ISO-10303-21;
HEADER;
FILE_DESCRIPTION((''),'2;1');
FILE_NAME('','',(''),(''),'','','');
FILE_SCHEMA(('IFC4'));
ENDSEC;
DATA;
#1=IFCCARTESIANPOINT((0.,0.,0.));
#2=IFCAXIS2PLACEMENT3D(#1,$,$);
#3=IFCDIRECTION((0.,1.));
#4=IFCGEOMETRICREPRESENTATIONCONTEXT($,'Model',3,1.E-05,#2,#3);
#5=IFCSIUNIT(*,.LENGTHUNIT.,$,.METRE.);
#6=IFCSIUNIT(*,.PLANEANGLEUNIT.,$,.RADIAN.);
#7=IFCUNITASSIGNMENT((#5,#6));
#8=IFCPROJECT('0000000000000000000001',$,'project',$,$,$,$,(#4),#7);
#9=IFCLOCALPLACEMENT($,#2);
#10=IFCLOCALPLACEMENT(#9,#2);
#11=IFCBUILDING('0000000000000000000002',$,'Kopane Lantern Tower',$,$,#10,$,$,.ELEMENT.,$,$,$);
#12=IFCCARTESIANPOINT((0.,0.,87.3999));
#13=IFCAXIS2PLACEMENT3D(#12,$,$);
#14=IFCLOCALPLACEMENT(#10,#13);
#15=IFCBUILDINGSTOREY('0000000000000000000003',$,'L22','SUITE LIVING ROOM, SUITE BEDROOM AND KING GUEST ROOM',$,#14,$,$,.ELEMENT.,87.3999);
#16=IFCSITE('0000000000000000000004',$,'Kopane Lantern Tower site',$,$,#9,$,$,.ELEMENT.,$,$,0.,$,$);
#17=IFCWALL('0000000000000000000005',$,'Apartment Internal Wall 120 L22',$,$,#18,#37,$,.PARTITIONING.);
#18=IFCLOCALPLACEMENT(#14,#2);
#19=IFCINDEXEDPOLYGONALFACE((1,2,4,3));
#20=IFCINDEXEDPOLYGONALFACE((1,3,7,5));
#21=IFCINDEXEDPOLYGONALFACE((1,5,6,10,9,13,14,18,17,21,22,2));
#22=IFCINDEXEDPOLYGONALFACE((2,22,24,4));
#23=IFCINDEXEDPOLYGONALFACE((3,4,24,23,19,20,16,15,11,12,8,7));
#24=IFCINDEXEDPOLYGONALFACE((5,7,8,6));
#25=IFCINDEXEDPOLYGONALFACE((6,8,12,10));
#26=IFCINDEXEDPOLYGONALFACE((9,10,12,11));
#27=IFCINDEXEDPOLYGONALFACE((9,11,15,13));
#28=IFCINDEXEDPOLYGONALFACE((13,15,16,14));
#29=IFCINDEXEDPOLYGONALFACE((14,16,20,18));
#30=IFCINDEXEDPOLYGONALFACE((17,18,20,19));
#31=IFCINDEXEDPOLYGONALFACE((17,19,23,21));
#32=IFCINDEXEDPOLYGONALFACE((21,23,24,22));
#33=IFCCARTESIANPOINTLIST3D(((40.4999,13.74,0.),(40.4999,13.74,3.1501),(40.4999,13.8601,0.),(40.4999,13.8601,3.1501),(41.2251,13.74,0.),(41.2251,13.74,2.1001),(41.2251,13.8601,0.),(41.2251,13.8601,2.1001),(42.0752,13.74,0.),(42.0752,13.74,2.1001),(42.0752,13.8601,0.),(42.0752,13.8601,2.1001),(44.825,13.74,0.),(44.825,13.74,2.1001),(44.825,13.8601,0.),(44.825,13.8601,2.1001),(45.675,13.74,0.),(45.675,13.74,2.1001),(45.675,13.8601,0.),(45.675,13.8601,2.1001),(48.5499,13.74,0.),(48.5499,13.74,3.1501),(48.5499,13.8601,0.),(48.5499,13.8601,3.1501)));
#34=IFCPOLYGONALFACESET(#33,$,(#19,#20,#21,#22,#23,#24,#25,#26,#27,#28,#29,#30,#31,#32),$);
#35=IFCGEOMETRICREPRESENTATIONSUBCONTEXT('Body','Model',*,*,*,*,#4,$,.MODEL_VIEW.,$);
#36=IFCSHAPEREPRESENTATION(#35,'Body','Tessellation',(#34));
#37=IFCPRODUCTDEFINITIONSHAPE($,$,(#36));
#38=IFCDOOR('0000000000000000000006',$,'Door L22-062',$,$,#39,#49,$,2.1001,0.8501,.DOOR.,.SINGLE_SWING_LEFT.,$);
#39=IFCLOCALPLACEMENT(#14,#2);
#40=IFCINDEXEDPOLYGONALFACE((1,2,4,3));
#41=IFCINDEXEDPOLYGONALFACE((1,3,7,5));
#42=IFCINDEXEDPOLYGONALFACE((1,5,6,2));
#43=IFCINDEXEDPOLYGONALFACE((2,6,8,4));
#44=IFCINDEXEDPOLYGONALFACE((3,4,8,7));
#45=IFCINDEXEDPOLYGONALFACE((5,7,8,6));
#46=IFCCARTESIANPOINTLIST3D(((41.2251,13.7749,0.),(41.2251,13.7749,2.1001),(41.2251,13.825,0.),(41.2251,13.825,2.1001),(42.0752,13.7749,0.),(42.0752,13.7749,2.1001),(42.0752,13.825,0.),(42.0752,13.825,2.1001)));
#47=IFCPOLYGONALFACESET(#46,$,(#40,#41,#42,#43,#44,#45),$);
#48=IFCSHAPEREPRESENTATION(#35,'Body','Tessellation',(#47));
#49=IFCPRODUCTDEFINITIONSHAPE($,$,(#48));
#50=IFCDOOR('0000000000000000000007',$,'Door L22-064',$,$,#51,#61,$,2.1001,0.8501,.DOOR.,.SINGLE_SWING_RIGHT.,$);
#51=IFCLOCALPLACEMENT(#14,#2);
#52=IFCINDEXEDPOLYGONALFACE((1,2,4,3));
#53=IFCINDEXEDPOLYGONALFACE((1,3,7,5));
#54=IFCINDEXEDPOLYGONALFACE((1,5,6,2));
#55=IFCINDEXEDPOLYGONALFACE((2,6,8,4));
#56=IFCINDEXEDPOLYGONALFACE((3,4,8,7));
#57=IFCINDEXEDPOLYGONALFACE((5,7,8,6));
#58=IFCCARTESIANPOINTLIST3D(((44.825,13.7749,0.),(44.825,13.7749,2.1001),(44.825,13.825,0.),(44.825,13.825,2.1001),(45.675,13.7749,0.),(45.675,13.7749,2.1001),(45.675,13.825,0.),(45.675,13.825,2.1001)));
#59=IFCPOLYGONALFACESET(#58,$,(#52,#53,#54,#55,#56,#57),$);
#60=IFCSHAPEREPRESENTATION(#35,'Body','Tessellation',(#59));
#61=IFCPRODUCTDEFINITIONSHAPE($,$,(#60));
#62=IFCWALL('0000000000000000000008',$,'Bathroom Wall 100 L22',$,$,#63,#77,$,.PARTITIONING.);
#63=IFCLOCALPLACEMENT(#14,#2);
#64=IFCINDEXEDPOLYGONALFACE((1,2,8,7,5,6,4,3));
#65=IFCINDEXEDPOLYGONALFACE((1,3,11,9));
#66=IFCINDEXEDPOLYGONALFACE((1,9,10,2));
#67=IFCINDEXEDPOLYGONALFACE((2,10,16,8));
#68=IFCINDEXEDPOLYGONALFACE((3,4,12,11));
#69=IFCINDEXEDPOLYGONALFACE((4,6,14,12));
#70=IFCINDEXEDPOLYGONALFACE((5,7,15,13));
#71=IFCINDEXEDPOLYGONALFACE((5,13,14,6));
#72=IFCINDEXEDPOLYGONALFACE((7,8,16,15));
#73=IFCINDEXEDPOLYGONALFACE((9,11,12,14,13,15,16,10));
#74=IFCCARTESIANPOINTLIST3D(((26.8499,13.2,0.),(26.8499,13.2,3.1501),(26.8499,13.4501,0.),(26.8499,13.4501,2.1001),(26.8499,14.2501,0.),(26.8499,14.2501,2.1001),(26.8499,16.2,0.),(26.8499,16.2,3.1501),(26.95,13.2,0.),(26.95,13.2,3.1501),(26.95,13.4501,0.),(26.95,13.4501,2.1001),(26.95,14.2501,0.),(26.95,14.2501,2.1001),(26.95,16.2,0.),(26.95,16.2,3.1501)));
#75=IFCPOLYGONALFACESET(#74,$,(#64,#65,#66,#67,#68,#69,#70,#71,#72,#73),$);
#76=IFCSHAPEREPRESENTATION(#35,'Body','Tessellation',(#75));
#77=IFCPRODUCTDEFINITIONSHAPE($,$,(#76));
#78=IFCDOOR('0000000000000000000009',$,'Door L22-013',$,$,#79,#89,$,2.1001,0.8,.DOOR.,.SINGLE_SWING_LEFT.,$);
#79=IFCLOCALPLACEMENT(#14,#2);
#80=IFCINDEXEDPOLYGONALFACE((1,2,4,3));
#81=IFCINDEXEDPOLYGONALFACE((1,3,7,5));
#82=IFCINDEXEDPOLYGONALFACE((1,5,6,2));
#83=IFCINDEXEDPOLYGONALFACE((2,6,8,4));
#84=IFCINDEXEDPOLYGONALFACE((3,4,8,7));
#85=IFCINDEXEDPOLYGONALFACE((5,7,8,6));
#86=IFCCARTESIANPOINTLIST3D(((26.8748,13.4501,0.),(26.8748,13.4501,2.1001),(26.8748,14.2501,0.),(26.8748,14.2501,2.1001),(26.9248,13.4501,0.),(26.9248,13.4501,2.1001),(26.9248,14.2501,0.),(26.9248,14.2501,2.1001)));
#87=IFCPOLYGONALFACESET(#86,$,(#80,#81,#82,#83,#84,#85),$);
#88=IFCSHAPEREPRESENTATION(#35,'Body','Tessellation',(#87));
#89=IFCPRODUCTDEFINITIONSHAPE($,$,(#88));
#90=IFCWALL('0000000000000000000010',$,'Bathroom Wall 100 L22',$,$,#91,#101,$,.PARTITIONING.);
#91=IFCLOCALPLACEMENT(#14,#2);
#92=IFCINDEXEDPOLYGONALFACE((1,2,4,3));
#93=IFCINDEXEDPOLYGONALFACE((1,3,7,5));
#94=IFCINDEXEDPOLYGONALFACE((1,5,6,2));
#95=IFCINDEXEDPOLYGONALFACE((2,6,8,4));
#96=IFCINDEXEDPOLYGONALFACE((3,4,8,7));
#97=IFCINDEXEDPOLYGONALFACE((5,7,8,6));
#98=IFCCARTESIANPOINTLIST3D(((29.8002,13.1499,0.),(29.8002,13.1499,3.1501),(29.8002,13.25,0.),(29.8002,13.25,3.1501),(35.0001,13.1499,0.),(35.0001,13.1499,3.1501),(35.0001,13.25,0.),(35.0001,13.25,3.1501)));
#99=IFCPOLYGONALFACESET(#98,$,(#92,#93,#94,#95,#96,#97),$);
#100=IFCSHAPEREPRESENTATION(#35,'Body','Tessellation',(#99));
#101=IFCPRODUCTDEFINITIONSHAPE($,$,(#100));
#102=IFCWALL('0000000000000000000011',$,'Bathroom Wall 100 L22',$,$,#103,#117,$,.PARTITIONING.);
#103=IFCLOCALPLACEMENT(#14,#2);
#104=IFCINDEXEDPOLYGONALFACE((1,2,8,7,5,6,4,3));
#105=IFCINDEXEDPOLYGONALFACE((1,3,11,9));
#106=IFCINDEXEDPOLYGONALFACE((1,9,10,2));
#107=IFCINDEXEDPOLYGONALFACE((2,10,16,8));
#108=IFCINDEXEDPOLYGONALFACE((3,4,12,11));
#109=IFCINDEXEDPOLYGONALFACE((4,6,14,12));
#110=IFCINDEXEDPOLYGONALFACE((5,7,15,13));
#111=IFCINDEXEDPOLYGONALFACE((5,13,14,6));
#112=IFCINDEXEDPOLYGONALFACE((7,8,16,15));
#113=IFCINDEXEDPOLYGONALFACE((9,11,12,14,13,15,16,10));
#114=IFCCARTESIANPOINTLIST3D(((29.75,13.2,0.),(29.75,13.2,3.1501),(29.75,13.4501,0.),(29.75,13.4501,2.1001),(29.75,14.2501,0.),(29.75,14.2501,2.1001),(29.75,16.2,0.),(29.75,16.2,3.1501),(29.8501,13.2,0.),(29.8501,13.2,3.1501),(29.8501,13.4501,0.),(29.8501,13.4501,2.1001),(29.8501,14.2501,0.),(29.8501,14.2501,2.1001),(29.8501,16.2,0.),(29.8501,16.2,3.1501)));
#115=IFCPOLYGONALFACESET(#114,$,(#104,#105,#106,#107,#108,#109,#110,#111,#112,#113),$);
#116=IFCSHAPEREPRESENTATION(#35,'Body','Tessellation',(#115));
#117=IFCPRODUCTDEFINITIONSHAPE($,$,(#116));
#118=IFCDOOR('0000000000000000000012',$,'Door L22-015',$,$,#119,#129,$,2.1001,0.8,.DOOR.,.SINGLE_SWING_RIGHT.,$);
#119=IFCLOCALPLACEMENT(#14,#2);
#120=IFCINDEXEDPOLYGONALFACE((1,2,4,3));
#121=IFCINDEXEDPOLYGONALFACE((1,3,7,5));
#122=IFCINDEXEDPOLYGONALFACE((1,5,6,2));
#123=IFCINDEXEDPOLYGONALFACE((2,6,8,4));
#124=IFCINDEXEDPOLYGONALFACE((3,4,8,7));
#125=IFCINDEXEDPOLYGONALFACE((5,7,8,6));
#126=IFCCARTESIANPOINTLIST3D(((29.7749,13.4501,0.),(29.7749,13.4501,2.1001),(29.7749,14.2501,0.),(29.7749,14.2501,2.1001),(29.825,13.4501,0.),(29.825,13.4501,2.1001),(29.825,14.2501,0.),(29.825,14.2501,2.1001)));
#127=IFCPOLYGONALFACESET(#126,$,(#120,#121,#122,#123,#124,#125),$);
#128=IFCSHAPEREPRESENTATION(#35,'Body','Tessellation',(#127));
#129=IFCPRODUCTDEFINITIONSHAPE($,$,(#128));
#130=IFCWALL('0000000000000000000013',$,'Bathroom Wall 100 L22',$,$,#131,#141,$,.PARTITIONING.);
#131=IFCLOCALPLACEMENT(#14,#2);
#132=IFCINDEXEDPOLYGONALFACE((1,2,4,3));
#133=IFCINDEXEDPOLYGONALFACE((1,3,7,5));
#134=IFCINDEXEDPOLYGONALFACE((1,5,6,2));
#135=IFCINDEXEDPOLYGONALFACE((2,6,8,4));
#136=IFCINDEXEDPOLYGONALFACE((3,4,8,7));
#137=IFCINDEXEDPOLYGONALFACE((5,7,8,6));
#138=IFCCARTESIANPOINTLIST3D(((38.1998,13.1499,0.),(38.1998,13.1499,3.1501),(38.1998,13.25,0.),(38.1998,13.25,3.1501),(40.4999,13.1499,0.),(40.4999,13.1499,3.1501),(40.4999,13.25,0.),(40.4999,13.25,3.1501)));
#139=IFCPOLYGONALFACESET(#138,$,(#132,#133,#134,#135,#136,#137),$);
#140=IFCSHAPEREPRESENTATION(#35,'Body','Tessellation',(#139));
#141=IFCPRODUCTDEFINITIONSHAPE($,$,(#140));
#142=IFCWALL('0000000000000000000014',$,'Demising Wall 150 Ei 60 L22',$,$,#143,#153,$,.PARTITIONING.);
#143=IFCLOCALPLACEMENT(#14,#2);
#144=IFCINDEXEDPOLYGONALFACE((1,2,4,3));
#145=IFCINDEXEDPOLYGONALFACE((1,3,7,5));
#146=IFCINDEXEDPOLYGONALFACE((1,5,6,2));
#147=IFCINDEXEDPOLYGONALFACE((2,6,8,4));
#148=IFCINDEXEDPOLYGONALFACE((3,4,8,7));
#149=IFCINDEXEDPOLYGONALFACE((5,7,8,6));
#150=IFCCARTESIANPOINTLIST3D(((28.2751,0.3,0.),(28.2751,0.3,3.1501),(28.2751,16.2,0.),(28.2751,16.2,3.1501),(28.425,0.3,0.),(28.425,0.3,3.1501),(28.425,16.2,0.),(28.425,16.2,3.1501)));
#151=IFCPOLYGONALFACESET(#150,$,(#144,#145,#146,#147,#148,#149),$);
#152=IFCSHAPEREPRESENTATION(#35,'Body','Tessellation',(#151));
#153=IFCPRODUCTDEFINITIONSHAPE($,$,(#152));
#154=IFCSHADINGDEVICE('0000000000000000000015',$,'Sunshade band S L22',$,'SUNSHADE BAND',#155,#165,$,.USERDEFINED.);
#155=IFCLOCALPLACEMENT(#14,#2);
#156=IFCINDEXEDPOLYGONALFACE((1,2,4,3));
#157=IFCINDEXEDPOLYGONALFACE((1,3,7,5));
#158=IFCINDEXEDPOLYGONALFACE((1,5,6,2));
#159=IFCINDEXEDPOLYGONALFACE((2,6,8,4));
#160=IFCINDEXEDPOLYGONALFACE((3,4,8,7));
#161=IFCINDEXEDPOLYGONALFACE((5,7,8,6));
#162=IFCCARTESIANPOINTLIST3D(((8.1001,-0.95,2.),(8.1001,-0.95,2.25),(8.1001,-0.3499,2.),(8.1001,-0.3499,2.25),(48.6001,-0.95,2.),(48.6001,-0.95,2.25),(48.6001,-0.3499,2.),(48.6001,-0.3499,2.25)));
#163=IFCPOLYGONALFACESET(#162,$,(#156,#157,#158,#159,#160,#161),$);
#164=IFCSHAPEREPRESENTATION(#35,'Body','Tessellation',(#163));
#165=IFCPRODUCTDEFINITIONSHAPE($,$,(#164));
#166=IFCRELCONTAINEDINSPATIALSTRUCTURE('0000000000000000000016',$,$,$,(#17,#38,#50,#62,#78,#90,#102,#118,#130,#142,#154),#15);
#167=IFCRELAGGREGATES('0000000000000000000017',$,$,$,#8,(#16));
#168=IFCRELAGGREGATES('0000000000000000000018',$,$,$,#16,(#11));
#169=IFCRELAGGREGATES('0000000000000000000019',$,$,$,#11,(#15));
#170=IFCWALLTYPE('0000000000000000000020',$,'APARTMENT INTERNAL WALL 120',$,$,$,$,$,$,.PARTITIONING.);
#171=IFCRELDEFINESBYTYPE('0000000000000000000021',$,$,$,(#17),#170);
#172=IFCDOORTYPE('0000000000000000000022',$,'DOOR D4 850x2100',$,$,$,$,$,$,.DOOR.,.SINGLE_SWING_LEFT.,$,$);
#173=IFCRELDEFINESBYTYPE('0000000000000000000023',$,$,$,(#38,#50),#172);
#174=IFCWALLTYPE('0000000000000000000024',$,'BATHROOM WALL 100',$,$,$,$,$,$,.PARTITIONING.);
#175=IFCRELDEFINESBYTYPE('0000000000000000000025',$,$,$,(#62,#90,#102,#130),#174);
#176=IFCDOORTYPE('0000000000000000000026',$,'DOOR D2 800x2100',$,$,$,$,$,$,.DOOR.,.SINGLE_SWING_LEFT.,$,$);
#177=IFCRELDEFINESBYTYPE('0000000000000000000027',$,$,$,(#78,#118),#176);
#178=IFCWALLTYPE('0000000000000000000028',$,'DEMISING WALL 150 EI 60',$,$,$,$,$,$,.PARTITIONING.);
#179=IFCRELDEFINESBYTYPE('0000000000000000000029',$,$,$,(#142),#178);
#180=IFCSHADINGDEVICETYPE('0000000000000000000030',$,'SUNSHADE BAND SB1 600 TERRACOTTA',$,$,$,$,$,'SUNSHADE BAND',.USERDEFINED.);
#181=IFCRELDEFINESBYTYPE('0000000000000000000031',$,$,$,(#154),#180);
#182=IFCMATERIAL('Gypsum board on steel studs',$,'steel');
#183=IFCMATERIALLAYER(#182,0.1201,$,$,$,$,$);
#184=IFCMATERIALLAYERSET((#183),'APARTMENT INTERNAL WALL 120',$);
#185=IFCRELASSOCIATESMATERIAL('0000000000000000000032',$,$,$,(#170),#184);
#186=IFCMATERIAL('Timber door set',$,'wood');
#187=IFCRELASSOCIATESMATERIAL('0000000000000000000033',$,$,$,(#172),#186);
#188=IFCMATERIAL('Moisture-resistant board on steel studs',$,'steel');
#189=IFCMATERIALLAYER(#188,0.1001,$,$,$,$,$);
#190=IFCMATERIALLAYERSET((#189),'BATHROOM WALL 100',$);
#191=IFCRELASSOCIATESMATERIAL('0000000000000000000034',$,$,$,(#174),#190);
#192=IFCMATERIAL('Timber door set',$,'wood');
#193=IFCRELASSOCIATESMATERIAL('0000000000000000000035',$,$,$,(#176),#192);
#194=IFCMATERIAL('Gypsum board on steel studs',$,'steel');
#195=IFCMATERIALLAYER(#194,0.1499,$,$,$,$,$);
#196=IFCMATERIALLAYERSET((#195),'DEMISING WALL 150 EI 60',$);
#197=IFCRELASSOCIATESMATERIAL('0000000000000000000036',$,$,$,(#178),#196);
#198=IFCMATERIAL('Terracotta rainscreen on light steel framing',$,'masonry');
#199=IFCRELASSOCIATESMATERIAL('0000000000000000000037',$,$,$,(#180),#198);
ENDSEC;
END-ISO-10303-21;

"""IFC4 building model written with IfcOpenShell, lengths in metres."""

from ifc_helpers import new_model, si_unit, direction, frame, frame_2d, origin, origin_2d, place, context, subcontext, project, spatial, rectangle, extrude, material, layer, layer_set, type_object, element, fill, save


model = new_model("IFC4")

# Units and contexts
model_context = context("Model", 3, precision=1e-05, world=origin(), true_north=direction((0.0, 1.0)))
body_context = subcontext(model_context, "Body", "Model", "MODEL_VIEW")
ifc_project = project(units=[si_unit("LENGTHUNIT", "METRE"), si_unit("PLANEANGLEUNIT", "RADIAN")], contexts=[model_context])

# Site, building, storey
site_placement = place(None, origin())
site = spatial("IfcSite", under=ifc_project, at=site_placement, Name="Kopane Lantern Tower site", CompositionType="ELEMENT", RefElevation=0.0)
building_placement = place(site_placement, origin())
building = spatial("IfcBuilding", under=site, at=building_placement, Name="Kopane Lantern Tower", CompositionType="ELEMENT")
storey_placement = place(building_placement, frame((0.0, 0.0, 87.3999)))
storey = spatial("IfcBuildingStorey", under=building, at=storey_placement, Name="L22", Description="SUITE LIVING ROOM, SUITE BEDROOM AND KING GUEST ROOM", CompositionType="ELEMENT", Elevation=87.3999)

# Wall, openings, doors
ifc_material_1 = material(Name="Gypsum board on steel studs", Category="steel")
ifc_layer_1 = layer(ifc_material_1, 0.1201)
ifc_layer_set_1 = layer_set([ifc_layer_1], Name="APARTMENT INTERNAL WALL 120")
wall_type_1 = type_object("IfcWallType", Name="APARTMENT INTERNAL WALL 120", PredefinedType="PARTITIONING", material=ifc_layer_set_1)
wall_1_placement = place(storey_placement, frame((40.5, 13.8, 0.0), z_axis=(0.0, 0.0, 1.0), x_axis=(1.0, 0.0, 0.0)))
wall_1 = element("IfcWall", 1, at=wall_1_placement, inside=storey, type_object=wall_type_1, Name="Apartment Internal Wall 120 L22", PredefinedType="PARTITIONING", context=body_context, shape_type="SweptSolid", body=[
    extrude(rectangle(XDim=8.05, YDim=0.1201, at=frame_2d((4.0249, 0.0))), origin(), (0.0, 0.0, 1.0), 3.1501),
])
opening_1_placement = place(wall_1_placement, frame((0.7251, 0.0, 0.0)))
opening_1 = element("IfcOpeningElement", 2, at=opening_1_placement, cuts=wall_1, PredefinedType="OPENING", context=body_context, shape_type="SweptSolid", body=[
    extrude(rectangle(XDim=0.8501, YDim=2.1001, at=frame_2d((0.425, 1.05))), frame((0.0, 0.0701, 0.0), z_axis=(0.0, -1.0, 0.0), x_axis=(1.0, 0.0, 0.0)), (0.0, 0.0, 1.0), 0.1401),
])
opening_2_placement = place(wall_1_placement, frame((4.325, 0.0, 0.0)))
opening_2 = element("IfcOpeningElement", 3, at=opening_2_placement, cuts=wall_1, PredefinedType="OPENING", context=body_context, shape_type="SweptSolid", body=[
    extrude(rectangle(XDim=0.8501, YDim=2.1001, at=frame_2d((0.425, 1.05))), frame((0.0, 0.0701, 0.0), z_axis=(0.0, -1.0, 0.0), x_axis=(1.0, 0.0, 0.0)), (0.0, 0.0, 1.0), 0.1401),
])
ifc_material_2 = material(Name="Timber door set", Category="wood")
door_type_1 = type_object("IfcDoorType", Name="DOOR D4 850x2100", OperationType="SINGLE_SWING_LEFT", PredefinedType="DOOR", material=ifc_material_2)
door_1_placement = place(opening_1_placement, origin())
door_1 = element("IfcDoor", 4, at=door_1_placement, inside=storey, type_object=door_type_1, Name="Door L22-062", OperationType="SINGLE_SWING_LEFT", OverallHeight=2.1001, OverallWidth=0.8501, PredefinedType="DOOR", context=body_context, shape_type="SweptSolid", body=[
    extrude(rectangle(XDim=0.8501, YDim=2.1001, at=frame_2d((0.425, 1.05))), frame((0.0, 0.0249, 0.0), z_axis=(0.0, -1.0, 0.0), x_axis=(1.0, 0.0, 0.0)), (0.0, 0.0, 1.0), 0.05),
])
fill(opening_1, door_1)
door_2_placement = place(opening_2_placement, origin())
door_2 = element("IfcDoor", 5, at=door_2_placement, inside=storey, type_object=door_type_1, Name="Door L22-064", OperationType="SINGLE_SWING_RIGHT", OverallHeight=2.1001, OverallWidth=0.8501, PredefinedType="DOOR", context=body_context, shape_type="SweptSolid", body=[
    extrude(rectangle(XDim=0.8501, YDim=2.1001, at=frame_2d((0.425, 1.05))), frame((0.0, 0.0249, 0.0), z_axis=(0.0, -1.0, 0.0), x_axis=(1.0, 0.0, 0.0)), (0.0, 0.0, 1.0), 0.05),
])
fill(opening_2, door_2)

# Wall, opening, door
ifc_material_3 = material(Name="Moisture-resistant board on steel studs", Category="steel")
ifc_layer_2 = layer(ifc_material_3, 0.1001)
ifc_layer_set_2 = layer_set([ifc_layer_2], Name="BATHROOM WALL 100")
wall_type_2 = type_object("IfcWallType", Name="BATHROOM WALL 100", PredefinedType="PARTITIONING", material=ifc_layer_set_2)
wall_2_placement = place(storey_placement, frame((26.8999, 16.2, 0.0), z_axis=(0.0, 0.0, 1.0), x_axis=(0.0, -1.0, 0.0)))
wall_2 = element("IfcWall", 6, at=wall_2_placement, inside=storey, type_object=wall_type_2, Name="Bathroom Wall 100 L22", PredefinedType="PARTITIONING", context=body_context, shape_type="SweptSolid", body=[
    extrude(rectangle(XDim=3.0, YDim=0.1001, at=frame_2d((1.5, 0.0))), origin(), (0.0, 0.0, 1.0), 3.1501),
])
opening_3_placement = place(wall_2_placement, frame((1.95, 0.0, 0.0)))
opening_3 = element("IfcOpeningElement", 7, at=opening_3_placement, cuts=wall_2, PredefinedType="OPENING", context=body_context, shape_type="SweptSolid", body=[
    extrude(rectangle(XDim=0.8, YDim=2.1001, at=frame_2d((0.3999, 1.05))), frame((0.0, 0.0601, 0.0), z_axis=(0.0, -1.0, 0.0), x_axis=(1.0, 0.0, 0.0)), (0.0, 0.0, 1.0), 0.1201),
])
ifc_material_4 = material(Name="Timber door set", Category="wood")
door_type_2 = type_object("IfcDoorType", Name="DOOR D2 800x2100", OperationType="SINGLE_SWING_LEFT", PredefinedType="DOOR", material=ifc_material_4)
door_3_placement = place(opening_3_placement, origin())
door_3 = element("IfcDoor", 8, at=door_3_placement, inside=storey, type_object=door_type_2, Name="Door L22-013", OperationType="SINGLE_SWING_LEFT", OverallHeight=2.1001, OverallWidth=0.8, PredefinedType="DOOR", context=body_context, shape_type="SweptSolid", body=[
    extrude(rectangle(XDim=0.8, YDim=2.1001, at=frame_2d((0.3999, 1.05))), frame((0.0, 0.0249, 0.0), z_axis=(0.0, -1.0, 0.0), x_axis=(1.0, 0.0, 0.0)), (0.0, 0.0, 1.0), 0.05),
])
fill(opening_3, door_3)

# Wall
wall_3_placement = place(storey_placement, frame((29.8, 13.2, 0.0), z_axis=(0.0, 0.0, 1.0), x_axis=(1.0, 0.0, 0.0)))
element("IfcWall", 9, at=wall_3_placement, inside=storey, type_object=wall_type_2, Name="Bathroom Wall 100 L22", PredefinedType="PARTITIONING", context=body_context, shape_type="SweptSolid", body=[
    extrude(rectangle(XDim=5.2, YDim=0.1001, at=frame_2d((2.6001, 0.0))), origin(), (0.0, 0.0, 1.0), 3.1501),
])

# Wall, opening, door
wall_4_placement = place(storey_placement, frame((29.8, 16.2, 0.0), z_axis=(0.0, 0.0, 1.0), x_axis=(0.0, -1.0, 0.0)))
wall_4 = element("IfcWall", 10, at=wall_4_placement, inside=storey, type_object=wall_type_2, Name="Bathroom Wall 100 L22", PredefinedType="PARTITIONING", context=body_context, shape_type="SweptSolid", body=[
    extrude(rectangle(XDim=3.0, YDim=0.1001, at=frame_2d((1.5, 0.0))), origin(), (0.0, 0.0, 1.0), 3.1501),
])
opening_4_placement = place(wall_4_placement, frame((1.95, 0.0, 0.0)))
opening_4 = element("IfcOpeningElement", 11, at=opening_4_placement, cuts=wall_4, PredefinedType="OPENING", context=body_context, shape_type="SweptSolid", body=[
    extrude(rectangle(XDim=0.8, YDim=2.1001, at=frame_2d((0.3999, 1.05))), frame((0.0, 0.0601, 0.0), z_axis=(0.0, -1.0, 0.0), x_axis=(1.0, 0.0, 0.0)), (0.0, 0.0, 1.0), 0.1201),
])
door_4_placement = place(opening_4_placement, origin())
door_4 = element("IfcDoor", 12, at=door_4_placement, inside=storey, type_object=door_type_2, Name="Door L22-015", OperationType="SINGLE_SWING_RIGHT", OverallHeight=2.1001, OverallWidth=0.8, PredefinedType="DOOR", context=body_context, shape_type="SweptSolid", body=[
    extrude(rectangle(XDim=0.8, YDim=2.1001, at=frame_2d((0.3999, 1.05))), frame((0.0, 0.0249, 0.0), z_axis=(0.0, -1.0, 0.0), x_axis=(1.0, 0.0, 0.0)), (0.0, 0.0, 1.0), 0.05),
])
fill(opening_4, door_4)

# Walls
wall_5_placement = place(storey_placement, frame((38.2, 13.2, 0.0), z_axis=(0.0, 0.0, 1.0), x_axis=(1.0, 0.0, 0.0)))
element("IfcWall", 13, at=wall_5_placement, inside=storey, type_object=wall_type_2, Name="Bathroom Wall 100 L22", PredefinedType="PARTITIONING", context=body_context, shape_type="SweptSolid", body=[
    extrude(rectangle(XDim=2.3, YDim=0.1001, at=frame_2d((1.1499, 0.0))), origin(), (0.0, 0.0, 1.0), 3.1501),
])
ifc_material_5 = material(Name="Gypsum board on steel studs", Category="steel")
ifc_layer_3 = layer(ifc_material_5, 0.1499)
ifc_layer_set_3 = layer_set([ifc_layer_3], Name="DEMISING WALL 150 EI 60")
wall_type_3 = type_object("IfcWallType", Name="DEMISING WALL 150 EI 60", PredefinedType="PARTITIONING", material=ifc_layer_set_3)
wall_6_placement = place(storey_placement, frame((28.3501, 16.2, 0.0), z_axis=(0.0, 0.0, 1.0), x_axis=(0.0, -1.0, 0.0)))
element("IfcWall", 14, at=wall_6_placement, inside=storey, type_object=wall_type_3, Name="Demising Wall 150 Ei 60 L22", PredefinedType="PARTITIONING", context=body_context, shape_type="SweptSolid", body=[
    extrude(rectangle(XDim=15.8999, YDim=0.1499, at=frame_2d((7.95, 0.0))), origin(), (0.0, 0.0, 1.0), 3.1501),
])

# Shading device
ifc_material_6 = material(Name="Terracotta rainscreen on light steel framing", Category="masonry")
shading_device_type = type_object("IfcShadingDeviceType", Name="SUNSHADE BAND SB1 600 TERRACOTTA", ElementType="SUNSHADE BAND", PredefinedType="USERDEFINED", material=ifc_material_6)
shading_device_placement = place(storey_placement, frame((28.3501, -0.6499, 2.0), z_axis=(0.0, 0.0, 1.0), x_axis=(1.0, 0.0, 0.0)))
element("IfcShadingDevice", 15, at=shading_device_placement, inside=storey, type_object=shading_device_type, Name="Sunshade band S L22", ObjectType="SUNSHADE BAND", PredefinedType="USERDEFINED", context=body_context, shape_type="SweptSolid", body=[
    extrude(rectangle(XDim=40.5, YDim=0.6001, at=origin_2d()), origin(), (0.0, 0.0, 1.0), 0.25),
])

save(model, "model.ifc")
